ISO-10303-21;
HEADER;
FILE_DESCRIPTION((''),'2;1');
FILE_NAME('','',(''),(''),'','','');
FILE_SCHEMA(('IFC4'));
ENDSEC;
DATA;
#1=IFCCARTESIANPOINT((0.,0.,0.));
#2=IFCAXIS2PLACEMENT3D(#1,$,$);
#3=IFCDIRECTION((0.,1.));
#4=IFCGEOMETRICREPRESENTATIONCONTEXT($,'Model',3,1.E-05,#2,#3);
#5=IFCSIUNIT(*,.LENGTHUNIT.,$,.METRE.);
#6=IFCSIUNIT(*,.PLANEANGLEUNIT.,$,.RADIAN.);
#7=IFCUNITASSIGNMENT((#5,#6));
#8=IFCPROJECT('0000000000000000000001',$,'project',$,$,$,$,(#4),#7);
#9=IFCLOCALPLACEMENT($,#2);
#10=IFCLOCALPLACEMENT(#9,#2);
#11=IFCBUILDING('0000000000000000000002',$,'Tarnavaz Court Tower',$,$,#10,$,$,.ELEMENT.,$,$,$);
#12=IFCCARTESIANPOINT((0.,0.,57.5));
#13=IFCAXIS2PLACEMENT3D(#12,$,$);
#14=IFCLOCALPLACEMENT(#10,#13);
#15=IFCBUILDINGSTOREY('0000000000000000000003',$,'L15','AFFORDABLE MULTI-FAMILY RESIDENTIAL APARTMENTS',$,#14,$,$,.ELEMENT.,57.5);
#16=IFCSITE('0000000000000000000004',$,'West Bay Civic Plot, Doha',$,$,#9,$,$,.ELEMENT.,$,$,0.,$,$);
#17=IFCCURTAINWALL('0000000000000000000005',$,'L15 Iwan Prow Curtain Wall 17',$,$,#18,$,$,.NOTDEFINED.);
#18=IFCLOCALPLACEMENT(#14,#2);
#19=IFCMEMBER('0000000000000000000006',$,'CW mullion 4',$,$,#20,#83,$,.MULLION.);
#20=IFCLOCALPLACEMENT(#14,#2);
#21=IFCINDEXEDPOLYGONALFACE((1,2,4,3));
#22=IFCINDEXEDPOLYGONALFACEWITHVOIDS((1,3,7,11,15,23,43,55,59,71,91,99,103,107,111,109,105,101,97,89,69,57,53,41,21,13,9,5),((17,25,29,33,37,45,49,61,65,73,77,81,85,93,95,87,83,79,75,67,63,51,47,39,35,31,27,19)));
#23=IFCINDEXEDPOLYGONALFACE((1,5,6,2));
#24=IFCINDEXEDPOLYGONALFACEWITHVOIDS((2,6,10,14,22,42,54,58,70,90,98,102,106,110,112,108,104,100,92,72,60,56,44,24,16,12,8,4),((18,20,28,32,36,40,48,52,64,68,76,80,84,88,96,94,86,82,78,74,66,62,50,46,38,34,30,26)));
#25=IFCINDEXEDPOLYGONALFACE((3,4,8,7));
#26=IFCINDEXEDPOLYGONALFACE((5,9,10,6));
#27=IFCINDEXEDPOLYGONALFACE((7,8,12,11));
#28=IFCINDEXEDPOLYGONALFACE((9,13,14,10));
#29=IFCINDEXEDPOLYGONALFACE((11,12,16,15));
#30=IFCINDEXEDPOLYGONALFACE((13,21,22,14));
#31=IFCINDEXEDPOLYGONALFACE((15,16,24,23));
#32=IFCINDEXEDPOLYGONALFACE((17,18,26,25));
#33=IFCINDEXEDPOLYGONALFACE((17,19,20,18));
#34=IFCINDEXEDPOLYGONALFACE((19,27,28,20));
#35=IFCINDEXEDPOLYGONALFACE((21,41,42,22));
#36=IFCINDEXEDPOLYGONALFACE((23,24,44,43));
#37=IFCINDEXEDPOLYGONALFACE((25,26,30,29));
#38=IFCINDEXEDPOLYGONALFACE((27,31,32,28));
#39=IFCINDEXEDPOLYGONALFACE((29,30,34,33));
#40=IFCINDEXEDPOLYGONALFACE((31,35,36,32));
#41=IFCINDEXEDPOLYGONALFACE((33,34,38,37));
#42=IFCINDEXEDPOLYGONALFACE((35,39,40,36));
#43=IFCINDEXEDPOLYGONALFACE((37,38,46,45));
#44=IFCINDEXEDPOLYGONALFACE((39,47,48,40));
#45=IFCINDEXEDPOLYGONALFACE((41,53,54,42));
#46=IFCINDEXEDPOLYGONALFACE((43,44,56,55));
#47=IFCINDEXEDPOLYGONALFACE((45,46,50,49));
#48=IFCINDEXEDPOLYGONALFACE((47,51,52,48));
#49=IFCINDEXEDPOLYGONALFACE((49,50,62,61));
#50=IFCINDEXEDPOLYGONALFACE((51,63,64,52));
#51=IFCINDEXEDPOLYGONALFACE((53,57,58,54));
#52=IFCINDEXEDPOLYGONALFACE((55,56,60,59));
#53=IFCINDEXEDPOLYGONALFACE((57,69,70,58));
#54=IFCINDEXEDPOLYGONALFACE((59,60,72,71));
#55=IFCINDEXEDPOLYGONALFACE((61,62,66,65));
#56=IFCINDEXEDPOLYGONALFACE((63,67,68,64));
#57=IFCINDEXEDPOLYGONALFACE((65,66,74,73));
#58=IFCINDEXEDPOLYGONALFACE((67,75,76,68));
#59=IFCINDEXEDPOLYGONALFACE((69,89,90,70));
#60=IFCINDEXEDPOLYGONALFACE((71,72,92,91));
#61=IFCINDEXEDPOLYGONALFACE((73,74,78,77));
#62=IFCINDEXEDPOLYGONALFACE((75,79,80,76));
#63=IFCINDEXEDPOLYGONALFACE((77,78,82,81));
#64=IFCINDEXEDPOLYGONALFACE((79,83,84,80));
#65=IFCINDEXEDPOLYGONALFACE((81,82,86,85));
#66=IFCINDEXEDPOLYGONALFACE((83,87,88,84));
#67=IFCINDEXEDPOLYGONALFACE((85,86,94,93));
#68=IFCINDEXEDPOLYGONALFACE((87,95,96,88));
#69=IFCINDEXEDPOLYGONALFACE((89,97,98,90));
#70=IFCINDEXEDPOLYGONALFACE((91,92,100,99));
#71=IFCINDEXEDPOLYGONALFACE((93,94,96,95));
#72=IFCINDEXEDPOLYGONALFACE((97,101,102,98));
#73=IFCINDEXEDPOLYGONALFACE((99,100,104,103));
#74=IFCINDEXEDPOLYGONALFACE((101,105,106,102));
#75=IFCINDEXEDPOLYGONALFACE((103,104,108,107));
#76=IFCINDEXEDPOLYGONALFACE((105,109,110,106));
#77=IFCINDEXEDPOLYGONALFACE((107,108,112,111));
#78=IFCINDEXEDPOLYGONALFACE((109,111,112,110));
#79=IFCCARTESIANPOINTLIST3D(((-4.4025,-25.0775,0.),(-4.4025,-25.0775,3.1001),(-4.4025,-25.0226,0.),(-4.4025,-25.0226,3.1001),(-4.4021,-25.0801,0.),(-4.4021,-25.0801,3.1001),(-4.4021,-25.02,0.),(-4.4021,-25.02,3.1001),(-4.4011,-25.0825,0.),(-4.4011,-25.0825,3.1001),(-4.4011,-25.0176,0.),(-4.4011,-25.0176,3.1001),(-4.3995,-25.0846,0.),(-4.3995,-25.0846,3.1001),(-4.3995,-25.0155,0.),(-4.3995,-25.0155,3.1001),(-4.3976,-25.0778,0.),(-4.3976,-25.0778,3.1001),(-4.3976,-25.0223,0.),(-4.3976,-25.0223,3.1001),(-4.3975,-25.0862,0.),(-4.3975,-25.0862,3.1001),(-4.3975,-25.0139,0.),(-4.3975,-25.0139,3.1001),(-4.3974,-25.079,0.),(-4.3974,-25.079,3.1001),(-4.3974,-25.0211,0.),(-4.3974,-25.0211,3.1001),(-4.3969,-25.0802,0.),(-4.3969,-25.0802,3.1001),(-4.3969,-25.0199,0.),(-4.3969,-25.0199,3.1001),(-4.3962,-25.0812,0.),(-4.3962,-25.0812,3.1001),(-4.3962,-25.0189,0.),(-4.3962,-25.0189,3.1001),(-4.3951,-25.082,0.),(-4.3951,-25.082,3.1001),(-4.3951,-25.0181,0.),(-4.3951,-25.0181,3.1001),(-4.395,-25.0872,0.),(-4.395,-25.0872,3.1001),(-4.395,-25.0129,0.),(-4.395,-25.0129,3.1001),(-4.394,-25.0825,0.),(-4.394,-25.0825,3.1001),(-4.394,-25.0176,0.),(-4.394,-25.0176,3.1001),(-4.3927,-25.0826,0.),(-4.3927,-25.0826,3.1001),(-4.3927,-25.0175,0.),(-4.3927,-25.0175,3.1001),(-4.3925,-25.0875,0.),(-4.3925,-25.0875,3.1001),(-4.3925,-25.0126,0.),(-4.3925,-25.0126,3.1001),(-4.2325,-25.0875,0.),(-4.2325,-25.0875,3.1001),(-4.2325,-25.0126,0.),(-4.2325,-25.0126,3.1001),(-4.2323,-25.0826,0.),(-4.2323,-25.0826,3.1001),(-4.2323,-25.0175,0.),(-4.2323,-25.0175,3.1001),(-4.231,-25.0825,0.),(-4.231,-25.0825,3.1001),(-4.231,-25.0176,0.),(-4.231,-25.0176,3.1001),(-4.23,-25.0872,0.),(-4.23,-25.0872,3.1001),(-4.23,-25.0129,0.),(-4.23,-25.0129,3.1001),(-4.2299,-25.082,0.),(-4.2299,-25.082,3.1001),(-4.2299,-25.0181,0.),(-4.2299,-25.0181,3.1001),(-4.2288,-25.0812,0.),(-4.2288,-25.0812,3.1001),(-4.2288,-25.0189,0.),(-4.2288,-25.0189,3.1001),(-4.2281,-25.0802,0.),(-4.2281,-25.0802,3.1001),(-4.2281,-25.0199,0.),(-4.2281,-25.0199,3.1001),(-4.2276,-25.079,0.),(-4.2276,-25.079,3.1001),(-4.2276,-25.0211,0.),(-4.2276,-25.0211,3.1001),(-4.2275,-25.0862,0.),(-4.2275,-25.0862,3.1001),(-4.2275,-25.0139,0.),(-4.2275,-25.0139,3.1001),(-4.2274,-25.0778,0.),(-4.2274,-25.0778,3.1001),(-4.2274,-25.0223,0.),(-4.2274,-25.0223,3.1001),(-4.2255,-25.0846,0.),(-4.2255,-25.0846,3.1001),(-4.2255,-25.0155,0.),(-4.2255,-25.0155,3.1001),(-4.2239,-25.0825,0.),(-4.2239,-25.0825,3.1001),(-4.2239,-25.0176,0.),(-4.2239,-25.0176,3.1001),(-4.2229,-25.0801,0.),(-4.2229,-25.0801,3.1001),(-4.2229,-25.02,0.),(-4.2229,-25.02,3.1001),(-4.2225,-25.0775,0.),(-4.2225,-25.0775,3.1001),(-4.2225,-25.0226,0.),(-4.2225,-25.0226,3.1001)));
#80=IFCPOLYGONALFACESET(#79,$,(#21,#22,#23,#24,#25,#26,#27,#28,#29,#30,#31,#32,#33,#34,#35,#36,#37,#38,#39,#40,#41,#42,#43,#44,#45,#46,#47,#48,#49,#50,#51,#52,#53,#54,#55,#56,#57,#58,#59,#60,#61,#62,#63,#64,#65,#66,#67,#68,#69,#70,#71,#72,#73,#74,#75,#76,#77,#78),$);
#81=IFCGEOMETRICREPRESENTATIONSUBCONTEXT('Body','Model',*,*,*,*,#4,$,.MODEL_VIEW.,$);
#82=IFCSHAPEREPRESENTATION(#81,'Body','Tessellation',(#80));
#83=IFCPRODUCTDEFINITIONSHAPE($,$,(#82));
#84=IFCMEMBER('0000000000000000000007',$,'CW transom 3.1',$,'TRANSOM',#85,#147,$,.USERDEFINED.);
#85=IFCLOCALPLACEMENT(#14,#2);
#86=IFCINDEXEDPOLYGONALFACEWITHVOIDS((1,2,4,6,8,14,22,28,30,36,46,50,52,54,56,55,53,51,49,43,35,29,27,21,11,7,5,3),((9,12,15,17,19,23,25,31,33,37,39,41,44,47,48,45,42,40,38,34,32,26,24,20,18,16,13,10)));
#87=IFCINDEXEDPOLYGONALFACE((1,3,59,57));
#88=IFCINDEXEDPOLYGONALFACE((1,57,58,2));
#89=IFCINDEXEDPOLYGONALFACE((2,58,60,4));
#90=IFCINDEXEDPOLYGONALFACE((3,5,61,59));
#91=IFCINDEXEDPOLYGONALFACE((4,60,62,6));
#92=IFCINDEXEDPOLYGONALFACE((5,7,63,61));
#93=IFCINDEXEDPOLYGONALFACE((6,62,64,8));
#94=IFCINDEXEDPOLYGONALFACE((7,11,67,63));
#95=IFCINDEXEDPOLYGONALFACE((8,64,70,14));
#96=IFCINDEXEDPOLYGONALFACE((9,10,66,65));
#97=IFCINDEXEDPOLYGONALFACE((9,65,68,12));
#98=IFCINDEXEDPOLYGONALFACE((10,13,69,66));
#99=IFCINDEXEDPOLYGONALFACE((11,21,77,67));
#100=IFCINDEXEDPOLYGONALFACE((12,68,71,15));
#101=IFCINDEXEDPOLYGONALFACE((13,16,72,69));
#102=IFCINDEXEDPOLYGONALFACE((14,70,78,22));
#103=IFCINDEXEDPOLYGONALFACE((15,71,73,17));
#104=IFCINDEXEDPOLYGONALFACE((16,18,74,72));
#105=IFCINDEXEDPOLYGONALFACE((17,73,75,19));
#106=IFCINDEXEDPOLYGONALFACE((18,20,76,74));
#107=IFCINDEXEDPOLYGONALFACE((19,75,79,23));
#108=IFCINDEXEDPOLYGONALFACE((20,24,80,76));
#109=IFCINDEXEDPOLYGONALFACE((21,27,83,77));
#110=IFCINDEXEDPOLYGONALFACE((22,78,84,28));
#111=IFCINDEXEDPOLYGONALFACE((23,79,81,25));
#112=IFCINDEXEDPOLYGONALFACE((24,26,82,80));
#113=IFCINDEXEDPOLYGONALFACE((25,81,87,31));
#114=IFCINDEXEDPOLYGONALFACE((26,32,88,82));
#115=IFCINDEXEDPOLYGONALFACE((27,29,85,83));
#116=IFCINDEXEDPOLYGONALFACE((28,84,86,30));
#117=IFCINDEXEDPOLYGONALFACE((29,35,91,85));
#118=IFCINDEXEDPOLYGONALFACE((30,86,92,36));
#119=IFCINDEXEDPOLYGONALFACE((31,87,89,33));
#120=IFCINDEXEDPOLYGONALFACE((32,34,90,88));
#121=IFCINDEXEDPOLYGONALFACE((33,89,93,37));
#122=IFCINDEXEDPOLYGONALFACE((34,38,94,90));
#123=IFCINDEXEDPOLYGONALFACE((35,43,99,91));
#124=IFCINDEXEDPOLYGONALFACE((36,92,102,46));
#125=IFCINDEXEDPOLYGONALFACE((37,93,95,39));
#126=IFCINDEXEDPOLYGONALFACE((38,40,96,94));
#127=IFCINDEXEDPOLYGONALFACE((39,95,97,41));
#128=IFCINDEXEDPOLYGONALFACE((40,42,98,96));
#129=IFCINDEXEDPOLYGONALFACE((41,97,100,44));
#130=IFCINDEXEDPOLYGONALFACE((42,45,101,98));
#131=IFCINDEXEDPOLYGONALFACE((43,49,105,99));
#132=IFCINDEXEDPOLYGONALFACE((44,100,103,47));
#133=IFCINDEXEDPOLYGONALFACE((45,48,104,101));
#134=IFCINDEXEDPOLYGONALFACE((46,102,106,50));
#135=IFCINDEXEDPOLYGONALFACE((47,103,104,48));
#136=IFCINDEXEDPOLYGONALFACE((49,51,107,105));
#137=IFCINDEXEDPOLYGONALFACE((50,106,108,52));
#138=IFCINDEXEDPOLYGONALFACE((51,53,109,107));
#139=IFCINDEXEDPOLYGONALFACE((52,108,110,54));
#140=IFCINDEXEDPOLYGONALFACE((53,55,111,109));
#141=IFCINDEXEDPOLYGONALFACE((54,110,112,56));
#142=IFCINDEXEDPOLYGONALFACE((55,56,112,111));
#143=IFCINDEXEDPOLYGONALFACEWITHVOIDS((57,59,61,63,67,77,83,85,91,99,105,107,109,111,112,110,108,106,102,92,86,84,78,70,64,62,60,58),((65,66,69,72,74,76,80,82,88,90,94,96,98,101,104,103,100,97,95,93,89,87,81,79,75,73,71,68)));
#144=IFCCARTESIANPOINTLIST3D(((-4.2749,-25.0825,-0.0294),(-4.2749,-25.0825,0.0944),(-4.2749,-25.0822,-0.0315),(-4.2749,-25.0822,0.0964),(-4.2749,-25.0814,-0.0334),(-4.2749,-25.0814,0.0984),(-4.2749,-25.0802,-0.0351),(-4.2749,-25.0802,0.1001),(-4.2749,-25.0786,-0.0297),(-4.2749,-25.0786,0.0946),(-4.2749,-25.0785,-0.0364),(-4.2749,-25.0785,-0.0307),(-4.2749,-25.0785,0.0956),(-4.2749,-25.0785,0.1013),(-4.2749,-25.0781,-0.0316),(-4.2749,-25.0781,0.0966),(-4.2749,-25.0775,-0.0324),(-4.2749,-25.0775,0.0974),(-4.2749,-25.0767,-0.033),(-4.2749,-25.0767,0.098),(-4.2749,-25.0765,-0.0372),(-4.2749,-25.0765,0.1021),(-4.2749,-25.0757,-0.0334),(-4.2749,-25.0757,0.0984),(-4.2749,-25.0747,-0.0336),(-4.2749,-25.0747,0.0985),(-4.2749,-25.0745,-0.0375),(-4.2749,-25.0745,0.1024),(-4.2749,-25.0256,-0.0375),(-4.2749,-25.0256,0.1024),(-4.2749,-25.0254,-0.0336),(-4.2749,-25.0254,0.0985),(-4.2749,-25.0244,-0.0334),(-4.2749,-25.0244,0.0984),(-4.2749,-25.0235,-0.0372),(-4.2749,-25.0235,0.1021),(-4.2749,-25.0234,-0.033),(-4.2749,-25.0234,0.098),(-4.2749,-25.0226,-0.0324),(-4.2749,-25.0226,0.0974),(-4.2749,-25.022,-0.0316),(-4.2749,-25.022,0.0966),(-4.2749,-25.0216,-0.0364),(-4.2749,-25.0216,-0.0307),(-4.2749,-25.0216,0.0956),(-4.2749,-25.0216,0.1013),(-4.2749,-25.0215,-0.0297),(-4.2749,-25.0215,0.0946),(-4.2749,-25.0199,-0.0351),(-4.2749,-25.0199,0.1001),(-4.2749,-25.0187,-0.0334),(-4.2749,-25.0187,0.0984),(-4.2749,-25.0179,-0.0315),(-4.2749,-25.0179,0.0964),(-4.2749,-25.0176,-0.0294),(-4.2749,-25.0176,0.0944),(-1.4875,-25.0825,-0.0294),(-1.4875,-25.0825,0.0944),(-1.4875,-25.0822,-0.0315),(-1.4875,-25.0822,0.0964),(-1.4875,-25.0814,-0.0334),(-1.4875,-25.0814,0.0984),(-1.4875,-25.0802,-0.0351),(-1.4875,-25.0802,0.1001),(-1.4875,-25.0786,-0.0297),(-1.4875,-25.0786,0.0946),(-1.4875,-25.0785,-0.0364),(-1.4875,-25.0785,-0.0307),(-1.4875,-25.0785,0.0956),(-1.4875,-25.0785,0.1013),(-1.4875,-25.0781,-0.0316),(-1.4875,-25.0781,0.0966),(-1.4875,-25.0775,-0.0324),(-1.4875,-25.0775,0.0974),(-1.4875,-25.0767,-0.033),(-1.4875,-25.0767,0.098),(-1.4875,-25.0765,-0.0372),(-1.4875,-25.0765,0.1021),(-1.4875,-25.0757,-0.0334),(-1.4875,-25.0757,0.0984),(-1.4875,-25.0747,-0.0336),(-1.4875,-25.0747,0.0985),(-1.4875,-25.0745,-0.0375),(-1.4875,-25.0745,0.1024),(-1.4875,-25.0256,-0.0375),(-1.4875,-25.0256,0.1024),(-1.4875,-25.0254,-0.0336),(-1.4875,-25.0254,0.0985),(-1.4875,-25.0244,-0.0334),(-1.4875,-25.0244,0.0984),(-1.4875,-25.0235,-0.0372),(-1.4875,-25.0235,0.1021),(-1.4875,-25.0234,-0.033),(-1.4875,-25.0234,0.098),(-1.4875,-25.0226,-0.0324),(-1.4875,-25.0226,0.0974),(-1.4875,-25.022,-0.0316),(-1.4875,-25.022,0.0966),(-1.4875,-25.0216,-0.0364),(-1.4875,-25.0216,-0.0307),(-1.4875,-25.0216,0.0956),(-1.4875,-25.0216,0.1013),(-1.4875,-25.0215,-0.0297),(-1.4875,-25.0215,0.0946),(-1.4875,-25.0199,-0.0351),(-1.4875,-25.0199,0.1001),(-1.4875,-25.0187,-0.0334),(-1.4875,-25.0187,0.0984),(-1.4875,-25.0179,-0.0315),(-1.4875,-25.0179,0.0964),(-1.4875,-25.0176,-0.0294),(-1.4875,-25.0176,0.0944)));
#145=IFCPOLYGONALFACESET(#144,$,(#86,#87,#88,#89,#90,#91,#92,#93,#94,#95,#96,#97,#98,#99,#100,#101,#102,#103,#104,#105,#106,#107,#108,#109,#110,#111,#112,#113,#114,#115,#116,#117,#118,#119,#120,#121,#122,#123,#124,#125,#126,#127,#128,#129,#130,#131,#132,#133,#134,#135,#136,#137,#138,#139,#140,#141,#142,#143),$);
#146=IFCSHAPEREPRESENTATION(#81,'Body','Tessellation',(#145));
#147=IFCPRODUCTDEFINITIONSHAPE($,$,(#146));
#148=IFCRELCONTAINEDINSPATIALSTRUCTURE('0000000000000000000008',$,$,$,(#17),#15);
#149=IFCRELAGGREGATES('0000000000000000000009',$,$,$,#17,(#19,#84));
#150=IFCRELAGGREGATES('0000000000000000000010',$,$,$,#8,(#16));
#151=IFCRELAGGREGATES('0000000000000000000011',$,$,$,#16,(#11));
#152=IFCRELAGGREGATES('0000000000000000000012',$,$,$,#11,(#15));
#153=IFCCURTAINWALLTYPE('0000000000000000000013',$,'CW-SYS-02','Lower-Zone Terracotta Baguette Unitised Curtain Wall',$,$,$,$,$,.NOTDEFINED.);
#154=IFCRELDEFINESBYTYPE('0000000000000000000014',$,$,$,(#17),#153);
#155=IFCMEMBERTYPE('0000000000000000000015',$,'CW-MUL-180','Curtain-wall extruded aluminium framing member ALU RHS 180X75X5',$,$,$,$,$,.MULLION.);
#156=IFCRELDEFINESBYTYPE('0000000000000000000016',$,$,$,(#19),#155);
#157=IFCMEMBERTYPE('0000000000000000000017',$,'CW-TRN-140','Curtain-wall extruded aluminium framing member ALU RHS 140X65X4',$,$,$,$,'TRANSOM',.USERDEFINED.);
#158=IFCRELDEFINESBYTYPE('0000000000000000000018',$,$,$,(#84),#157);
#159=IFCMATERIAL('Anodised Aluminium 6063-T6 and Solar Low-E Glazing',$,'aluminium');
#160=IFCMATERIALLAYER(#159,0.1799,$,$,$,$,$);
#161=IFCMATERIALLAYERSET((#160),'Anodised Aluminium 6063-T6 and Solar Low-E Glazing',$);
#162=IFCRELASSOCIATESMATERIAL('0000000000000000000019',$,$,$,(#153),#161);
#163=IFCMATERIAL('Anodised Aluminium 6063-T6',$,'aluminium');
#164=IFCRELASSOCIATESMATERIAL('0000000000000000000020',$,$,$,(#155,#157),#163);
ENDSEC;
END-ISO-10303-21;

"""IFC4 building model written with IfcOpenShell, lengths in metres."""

from ifc_helpers import new_model, si_unit, direction, frame, origin, origin_2d, place, context, subcontext, project, spatial, hollow_rectangle, extrude, material, layer, layer_set, material_profile, profile_set, type_object, element, aggregate, save


model = new_model("IFC4")

# Units and contexts
model_context = context("Model", 3, precision=1e-05, world=origin(), true_north=direction((0.0, 1.0)))
body_context = subcontext(model_context, "Body", "Model", "MODEL_VIEW")
ifc_project = project(units=[si_unit("LENGTHUNIT", "METRE"), si_unit("PLANEANGLEUNIT", "RADIAN")], contexts=[model_context])

# Site, building, storey
site_placement = place(None, origin())
site = spatial("IfcSite", under=ifc_project, at=site_placement, Name="West Bay Civic Plot, Doha", CompositionType="ELEMENT", RefElevation=0.0)
building_placement = place(site_placement, origin())
building = spatial("IfcBuilding", under=site, at=building_placement, Name="Tarnavaz Court Tower", CompositionType="ELEMENT")
storey_placement = place(building_placement, frame((0.0, 0.0, 57.5)))
storey = spatial("IfcBuildingStorey", under=building, at=storey_placement, Name="L15", Description="AFFORDABLE MULTI-FAMILY RESIDENTIAL APARTMENTS", CompositionType="ELEMENT", Elevation=57.5)

# Curtain wall, members
ifc_material_1 = material(Name="Anodised Aluminium 6063-T6 and Solar Low-E Glazing", Category="aluminium")
ifc_layer_1 = layer(ifc_material_1, 0.1799)
ifc_layer_set_1 = layer_set([ifc_layer_1], Name="Anodised Aluminium 6063-T6 and Solar Low-E Glazing")
curtain_wall_type = type_object("IfcCurtainWallType", Name="CW-SYS-02", Description="Lower-Zone Terracotta Baguette Unitised Curtain Wall", PredefinedType="NOTDEFINED", material=ifc_layer_set_1)
curtain_wall_placement = place(storey_placement, origin())
curtain_wall = element("IfcCurtainWall", 1, at=curtain_wall_placement, inside=storey, type_object=curtain_wall_type, Name="L15 Iwan Prow Curtain Wall 17", PredefinedType="NOTDEFINED")
ifc_material_2 = material(Name="Anodised Aluminium 6063-T6", Category="aluminium")
ifc_material_profile_1 = material_profile(ifc_material_2, hollow_rectangle(XDim=0.075, YDim=0.1799, WallThickness=0.0049, InnerFilletRadius=0.0049, OuterFilletRadius=0.01, at=origin_2d()), Name="ALU RHS 180X75X5")
ifc_profile_set_1 = profile_set([ifc_material_profile_1], Name="Anodised Aluminium 6063-T6")
member_type_1 = type_object("IfcMemberType", Name="CW-MUL-180", Description="Curtain-wall extruded aluminium framing member ALU RHS 180X75X5", PredefinedType="MULLION", material=ifc_profile_set_1)
member_1_placement = place(storey_placement, frame((-4.3125, -25.05, 0.0), z_axis=(0.0, 0.0, 1.0), x_axis=(0.0, -1.0, 0.0)))
member_1 = element("IfcMember", 2, at=member_1_placement, type_object=member_type_1, Name="CW mullion 4", PredefinedType="MULLION", context=body_context, shape_type="SweptSolid", body=[
    extrude(hollow_rectangle(XDim=0.075, YDim=0.1799, WallThickness=0.0049, InnerFilletRadius=0.0049, OuterFilletRadius=0.01, at=origin_2d()), origin(), (0.0, 0.0, 1.0), 3.1001),
])
ifc_material_profile_2 = material_profile(ifc_material_2, hollow_rectangle(XDim=0.0649, YDim=0.1399, WallThickness=0.0039, InnerFilletRadius=0.0039, OuterFilletRadius=0.0081, at=origin_2d()), Name="ALU RHS 140X65X4")
ifc_profile_set_2 = profile_set([ifc_material_profile_2], Name="Anodised Aluminium 6063-T6")
member_type_2 = type_object("IfcMemberType", Name="CW-TRN-140", Description="Curtain-wall extruded aluminium framing member ALU RHS 140X65X4", ElementType="TRANSOM", PredefinedType="USERDEFINED", material=ifc_profile_set_2)
member_2_placement = place(storey_placement, frame((-1.4875, -25.05, 0.0325), z_axis=(-1.0, 0.0, 0.0), x_axis=(0.0, -1.0, 0.0)))
member_2 = element("IfcMember", 3, at=member_2_placement, type_object=member_type_2, Name="CW transom 3.1", ObjectType="TRANSOM", PredefinedType="USERDEFINED", context=body_context, shape_type="SweptSolid", body=[
    extrude(hollow_rectangle(XDim=0.0649, YDim=0.1399, WallThickness=0.0039, InnerFilletRadius=0.0039, OuterFilletRadius=0.0081, at=origin_2d()), origin(), (0.0, 0.0, 1.0), 2.7874),
])
aggregate(curtain_wall, [member_1, member_2])

save(model, "model.ifc")
